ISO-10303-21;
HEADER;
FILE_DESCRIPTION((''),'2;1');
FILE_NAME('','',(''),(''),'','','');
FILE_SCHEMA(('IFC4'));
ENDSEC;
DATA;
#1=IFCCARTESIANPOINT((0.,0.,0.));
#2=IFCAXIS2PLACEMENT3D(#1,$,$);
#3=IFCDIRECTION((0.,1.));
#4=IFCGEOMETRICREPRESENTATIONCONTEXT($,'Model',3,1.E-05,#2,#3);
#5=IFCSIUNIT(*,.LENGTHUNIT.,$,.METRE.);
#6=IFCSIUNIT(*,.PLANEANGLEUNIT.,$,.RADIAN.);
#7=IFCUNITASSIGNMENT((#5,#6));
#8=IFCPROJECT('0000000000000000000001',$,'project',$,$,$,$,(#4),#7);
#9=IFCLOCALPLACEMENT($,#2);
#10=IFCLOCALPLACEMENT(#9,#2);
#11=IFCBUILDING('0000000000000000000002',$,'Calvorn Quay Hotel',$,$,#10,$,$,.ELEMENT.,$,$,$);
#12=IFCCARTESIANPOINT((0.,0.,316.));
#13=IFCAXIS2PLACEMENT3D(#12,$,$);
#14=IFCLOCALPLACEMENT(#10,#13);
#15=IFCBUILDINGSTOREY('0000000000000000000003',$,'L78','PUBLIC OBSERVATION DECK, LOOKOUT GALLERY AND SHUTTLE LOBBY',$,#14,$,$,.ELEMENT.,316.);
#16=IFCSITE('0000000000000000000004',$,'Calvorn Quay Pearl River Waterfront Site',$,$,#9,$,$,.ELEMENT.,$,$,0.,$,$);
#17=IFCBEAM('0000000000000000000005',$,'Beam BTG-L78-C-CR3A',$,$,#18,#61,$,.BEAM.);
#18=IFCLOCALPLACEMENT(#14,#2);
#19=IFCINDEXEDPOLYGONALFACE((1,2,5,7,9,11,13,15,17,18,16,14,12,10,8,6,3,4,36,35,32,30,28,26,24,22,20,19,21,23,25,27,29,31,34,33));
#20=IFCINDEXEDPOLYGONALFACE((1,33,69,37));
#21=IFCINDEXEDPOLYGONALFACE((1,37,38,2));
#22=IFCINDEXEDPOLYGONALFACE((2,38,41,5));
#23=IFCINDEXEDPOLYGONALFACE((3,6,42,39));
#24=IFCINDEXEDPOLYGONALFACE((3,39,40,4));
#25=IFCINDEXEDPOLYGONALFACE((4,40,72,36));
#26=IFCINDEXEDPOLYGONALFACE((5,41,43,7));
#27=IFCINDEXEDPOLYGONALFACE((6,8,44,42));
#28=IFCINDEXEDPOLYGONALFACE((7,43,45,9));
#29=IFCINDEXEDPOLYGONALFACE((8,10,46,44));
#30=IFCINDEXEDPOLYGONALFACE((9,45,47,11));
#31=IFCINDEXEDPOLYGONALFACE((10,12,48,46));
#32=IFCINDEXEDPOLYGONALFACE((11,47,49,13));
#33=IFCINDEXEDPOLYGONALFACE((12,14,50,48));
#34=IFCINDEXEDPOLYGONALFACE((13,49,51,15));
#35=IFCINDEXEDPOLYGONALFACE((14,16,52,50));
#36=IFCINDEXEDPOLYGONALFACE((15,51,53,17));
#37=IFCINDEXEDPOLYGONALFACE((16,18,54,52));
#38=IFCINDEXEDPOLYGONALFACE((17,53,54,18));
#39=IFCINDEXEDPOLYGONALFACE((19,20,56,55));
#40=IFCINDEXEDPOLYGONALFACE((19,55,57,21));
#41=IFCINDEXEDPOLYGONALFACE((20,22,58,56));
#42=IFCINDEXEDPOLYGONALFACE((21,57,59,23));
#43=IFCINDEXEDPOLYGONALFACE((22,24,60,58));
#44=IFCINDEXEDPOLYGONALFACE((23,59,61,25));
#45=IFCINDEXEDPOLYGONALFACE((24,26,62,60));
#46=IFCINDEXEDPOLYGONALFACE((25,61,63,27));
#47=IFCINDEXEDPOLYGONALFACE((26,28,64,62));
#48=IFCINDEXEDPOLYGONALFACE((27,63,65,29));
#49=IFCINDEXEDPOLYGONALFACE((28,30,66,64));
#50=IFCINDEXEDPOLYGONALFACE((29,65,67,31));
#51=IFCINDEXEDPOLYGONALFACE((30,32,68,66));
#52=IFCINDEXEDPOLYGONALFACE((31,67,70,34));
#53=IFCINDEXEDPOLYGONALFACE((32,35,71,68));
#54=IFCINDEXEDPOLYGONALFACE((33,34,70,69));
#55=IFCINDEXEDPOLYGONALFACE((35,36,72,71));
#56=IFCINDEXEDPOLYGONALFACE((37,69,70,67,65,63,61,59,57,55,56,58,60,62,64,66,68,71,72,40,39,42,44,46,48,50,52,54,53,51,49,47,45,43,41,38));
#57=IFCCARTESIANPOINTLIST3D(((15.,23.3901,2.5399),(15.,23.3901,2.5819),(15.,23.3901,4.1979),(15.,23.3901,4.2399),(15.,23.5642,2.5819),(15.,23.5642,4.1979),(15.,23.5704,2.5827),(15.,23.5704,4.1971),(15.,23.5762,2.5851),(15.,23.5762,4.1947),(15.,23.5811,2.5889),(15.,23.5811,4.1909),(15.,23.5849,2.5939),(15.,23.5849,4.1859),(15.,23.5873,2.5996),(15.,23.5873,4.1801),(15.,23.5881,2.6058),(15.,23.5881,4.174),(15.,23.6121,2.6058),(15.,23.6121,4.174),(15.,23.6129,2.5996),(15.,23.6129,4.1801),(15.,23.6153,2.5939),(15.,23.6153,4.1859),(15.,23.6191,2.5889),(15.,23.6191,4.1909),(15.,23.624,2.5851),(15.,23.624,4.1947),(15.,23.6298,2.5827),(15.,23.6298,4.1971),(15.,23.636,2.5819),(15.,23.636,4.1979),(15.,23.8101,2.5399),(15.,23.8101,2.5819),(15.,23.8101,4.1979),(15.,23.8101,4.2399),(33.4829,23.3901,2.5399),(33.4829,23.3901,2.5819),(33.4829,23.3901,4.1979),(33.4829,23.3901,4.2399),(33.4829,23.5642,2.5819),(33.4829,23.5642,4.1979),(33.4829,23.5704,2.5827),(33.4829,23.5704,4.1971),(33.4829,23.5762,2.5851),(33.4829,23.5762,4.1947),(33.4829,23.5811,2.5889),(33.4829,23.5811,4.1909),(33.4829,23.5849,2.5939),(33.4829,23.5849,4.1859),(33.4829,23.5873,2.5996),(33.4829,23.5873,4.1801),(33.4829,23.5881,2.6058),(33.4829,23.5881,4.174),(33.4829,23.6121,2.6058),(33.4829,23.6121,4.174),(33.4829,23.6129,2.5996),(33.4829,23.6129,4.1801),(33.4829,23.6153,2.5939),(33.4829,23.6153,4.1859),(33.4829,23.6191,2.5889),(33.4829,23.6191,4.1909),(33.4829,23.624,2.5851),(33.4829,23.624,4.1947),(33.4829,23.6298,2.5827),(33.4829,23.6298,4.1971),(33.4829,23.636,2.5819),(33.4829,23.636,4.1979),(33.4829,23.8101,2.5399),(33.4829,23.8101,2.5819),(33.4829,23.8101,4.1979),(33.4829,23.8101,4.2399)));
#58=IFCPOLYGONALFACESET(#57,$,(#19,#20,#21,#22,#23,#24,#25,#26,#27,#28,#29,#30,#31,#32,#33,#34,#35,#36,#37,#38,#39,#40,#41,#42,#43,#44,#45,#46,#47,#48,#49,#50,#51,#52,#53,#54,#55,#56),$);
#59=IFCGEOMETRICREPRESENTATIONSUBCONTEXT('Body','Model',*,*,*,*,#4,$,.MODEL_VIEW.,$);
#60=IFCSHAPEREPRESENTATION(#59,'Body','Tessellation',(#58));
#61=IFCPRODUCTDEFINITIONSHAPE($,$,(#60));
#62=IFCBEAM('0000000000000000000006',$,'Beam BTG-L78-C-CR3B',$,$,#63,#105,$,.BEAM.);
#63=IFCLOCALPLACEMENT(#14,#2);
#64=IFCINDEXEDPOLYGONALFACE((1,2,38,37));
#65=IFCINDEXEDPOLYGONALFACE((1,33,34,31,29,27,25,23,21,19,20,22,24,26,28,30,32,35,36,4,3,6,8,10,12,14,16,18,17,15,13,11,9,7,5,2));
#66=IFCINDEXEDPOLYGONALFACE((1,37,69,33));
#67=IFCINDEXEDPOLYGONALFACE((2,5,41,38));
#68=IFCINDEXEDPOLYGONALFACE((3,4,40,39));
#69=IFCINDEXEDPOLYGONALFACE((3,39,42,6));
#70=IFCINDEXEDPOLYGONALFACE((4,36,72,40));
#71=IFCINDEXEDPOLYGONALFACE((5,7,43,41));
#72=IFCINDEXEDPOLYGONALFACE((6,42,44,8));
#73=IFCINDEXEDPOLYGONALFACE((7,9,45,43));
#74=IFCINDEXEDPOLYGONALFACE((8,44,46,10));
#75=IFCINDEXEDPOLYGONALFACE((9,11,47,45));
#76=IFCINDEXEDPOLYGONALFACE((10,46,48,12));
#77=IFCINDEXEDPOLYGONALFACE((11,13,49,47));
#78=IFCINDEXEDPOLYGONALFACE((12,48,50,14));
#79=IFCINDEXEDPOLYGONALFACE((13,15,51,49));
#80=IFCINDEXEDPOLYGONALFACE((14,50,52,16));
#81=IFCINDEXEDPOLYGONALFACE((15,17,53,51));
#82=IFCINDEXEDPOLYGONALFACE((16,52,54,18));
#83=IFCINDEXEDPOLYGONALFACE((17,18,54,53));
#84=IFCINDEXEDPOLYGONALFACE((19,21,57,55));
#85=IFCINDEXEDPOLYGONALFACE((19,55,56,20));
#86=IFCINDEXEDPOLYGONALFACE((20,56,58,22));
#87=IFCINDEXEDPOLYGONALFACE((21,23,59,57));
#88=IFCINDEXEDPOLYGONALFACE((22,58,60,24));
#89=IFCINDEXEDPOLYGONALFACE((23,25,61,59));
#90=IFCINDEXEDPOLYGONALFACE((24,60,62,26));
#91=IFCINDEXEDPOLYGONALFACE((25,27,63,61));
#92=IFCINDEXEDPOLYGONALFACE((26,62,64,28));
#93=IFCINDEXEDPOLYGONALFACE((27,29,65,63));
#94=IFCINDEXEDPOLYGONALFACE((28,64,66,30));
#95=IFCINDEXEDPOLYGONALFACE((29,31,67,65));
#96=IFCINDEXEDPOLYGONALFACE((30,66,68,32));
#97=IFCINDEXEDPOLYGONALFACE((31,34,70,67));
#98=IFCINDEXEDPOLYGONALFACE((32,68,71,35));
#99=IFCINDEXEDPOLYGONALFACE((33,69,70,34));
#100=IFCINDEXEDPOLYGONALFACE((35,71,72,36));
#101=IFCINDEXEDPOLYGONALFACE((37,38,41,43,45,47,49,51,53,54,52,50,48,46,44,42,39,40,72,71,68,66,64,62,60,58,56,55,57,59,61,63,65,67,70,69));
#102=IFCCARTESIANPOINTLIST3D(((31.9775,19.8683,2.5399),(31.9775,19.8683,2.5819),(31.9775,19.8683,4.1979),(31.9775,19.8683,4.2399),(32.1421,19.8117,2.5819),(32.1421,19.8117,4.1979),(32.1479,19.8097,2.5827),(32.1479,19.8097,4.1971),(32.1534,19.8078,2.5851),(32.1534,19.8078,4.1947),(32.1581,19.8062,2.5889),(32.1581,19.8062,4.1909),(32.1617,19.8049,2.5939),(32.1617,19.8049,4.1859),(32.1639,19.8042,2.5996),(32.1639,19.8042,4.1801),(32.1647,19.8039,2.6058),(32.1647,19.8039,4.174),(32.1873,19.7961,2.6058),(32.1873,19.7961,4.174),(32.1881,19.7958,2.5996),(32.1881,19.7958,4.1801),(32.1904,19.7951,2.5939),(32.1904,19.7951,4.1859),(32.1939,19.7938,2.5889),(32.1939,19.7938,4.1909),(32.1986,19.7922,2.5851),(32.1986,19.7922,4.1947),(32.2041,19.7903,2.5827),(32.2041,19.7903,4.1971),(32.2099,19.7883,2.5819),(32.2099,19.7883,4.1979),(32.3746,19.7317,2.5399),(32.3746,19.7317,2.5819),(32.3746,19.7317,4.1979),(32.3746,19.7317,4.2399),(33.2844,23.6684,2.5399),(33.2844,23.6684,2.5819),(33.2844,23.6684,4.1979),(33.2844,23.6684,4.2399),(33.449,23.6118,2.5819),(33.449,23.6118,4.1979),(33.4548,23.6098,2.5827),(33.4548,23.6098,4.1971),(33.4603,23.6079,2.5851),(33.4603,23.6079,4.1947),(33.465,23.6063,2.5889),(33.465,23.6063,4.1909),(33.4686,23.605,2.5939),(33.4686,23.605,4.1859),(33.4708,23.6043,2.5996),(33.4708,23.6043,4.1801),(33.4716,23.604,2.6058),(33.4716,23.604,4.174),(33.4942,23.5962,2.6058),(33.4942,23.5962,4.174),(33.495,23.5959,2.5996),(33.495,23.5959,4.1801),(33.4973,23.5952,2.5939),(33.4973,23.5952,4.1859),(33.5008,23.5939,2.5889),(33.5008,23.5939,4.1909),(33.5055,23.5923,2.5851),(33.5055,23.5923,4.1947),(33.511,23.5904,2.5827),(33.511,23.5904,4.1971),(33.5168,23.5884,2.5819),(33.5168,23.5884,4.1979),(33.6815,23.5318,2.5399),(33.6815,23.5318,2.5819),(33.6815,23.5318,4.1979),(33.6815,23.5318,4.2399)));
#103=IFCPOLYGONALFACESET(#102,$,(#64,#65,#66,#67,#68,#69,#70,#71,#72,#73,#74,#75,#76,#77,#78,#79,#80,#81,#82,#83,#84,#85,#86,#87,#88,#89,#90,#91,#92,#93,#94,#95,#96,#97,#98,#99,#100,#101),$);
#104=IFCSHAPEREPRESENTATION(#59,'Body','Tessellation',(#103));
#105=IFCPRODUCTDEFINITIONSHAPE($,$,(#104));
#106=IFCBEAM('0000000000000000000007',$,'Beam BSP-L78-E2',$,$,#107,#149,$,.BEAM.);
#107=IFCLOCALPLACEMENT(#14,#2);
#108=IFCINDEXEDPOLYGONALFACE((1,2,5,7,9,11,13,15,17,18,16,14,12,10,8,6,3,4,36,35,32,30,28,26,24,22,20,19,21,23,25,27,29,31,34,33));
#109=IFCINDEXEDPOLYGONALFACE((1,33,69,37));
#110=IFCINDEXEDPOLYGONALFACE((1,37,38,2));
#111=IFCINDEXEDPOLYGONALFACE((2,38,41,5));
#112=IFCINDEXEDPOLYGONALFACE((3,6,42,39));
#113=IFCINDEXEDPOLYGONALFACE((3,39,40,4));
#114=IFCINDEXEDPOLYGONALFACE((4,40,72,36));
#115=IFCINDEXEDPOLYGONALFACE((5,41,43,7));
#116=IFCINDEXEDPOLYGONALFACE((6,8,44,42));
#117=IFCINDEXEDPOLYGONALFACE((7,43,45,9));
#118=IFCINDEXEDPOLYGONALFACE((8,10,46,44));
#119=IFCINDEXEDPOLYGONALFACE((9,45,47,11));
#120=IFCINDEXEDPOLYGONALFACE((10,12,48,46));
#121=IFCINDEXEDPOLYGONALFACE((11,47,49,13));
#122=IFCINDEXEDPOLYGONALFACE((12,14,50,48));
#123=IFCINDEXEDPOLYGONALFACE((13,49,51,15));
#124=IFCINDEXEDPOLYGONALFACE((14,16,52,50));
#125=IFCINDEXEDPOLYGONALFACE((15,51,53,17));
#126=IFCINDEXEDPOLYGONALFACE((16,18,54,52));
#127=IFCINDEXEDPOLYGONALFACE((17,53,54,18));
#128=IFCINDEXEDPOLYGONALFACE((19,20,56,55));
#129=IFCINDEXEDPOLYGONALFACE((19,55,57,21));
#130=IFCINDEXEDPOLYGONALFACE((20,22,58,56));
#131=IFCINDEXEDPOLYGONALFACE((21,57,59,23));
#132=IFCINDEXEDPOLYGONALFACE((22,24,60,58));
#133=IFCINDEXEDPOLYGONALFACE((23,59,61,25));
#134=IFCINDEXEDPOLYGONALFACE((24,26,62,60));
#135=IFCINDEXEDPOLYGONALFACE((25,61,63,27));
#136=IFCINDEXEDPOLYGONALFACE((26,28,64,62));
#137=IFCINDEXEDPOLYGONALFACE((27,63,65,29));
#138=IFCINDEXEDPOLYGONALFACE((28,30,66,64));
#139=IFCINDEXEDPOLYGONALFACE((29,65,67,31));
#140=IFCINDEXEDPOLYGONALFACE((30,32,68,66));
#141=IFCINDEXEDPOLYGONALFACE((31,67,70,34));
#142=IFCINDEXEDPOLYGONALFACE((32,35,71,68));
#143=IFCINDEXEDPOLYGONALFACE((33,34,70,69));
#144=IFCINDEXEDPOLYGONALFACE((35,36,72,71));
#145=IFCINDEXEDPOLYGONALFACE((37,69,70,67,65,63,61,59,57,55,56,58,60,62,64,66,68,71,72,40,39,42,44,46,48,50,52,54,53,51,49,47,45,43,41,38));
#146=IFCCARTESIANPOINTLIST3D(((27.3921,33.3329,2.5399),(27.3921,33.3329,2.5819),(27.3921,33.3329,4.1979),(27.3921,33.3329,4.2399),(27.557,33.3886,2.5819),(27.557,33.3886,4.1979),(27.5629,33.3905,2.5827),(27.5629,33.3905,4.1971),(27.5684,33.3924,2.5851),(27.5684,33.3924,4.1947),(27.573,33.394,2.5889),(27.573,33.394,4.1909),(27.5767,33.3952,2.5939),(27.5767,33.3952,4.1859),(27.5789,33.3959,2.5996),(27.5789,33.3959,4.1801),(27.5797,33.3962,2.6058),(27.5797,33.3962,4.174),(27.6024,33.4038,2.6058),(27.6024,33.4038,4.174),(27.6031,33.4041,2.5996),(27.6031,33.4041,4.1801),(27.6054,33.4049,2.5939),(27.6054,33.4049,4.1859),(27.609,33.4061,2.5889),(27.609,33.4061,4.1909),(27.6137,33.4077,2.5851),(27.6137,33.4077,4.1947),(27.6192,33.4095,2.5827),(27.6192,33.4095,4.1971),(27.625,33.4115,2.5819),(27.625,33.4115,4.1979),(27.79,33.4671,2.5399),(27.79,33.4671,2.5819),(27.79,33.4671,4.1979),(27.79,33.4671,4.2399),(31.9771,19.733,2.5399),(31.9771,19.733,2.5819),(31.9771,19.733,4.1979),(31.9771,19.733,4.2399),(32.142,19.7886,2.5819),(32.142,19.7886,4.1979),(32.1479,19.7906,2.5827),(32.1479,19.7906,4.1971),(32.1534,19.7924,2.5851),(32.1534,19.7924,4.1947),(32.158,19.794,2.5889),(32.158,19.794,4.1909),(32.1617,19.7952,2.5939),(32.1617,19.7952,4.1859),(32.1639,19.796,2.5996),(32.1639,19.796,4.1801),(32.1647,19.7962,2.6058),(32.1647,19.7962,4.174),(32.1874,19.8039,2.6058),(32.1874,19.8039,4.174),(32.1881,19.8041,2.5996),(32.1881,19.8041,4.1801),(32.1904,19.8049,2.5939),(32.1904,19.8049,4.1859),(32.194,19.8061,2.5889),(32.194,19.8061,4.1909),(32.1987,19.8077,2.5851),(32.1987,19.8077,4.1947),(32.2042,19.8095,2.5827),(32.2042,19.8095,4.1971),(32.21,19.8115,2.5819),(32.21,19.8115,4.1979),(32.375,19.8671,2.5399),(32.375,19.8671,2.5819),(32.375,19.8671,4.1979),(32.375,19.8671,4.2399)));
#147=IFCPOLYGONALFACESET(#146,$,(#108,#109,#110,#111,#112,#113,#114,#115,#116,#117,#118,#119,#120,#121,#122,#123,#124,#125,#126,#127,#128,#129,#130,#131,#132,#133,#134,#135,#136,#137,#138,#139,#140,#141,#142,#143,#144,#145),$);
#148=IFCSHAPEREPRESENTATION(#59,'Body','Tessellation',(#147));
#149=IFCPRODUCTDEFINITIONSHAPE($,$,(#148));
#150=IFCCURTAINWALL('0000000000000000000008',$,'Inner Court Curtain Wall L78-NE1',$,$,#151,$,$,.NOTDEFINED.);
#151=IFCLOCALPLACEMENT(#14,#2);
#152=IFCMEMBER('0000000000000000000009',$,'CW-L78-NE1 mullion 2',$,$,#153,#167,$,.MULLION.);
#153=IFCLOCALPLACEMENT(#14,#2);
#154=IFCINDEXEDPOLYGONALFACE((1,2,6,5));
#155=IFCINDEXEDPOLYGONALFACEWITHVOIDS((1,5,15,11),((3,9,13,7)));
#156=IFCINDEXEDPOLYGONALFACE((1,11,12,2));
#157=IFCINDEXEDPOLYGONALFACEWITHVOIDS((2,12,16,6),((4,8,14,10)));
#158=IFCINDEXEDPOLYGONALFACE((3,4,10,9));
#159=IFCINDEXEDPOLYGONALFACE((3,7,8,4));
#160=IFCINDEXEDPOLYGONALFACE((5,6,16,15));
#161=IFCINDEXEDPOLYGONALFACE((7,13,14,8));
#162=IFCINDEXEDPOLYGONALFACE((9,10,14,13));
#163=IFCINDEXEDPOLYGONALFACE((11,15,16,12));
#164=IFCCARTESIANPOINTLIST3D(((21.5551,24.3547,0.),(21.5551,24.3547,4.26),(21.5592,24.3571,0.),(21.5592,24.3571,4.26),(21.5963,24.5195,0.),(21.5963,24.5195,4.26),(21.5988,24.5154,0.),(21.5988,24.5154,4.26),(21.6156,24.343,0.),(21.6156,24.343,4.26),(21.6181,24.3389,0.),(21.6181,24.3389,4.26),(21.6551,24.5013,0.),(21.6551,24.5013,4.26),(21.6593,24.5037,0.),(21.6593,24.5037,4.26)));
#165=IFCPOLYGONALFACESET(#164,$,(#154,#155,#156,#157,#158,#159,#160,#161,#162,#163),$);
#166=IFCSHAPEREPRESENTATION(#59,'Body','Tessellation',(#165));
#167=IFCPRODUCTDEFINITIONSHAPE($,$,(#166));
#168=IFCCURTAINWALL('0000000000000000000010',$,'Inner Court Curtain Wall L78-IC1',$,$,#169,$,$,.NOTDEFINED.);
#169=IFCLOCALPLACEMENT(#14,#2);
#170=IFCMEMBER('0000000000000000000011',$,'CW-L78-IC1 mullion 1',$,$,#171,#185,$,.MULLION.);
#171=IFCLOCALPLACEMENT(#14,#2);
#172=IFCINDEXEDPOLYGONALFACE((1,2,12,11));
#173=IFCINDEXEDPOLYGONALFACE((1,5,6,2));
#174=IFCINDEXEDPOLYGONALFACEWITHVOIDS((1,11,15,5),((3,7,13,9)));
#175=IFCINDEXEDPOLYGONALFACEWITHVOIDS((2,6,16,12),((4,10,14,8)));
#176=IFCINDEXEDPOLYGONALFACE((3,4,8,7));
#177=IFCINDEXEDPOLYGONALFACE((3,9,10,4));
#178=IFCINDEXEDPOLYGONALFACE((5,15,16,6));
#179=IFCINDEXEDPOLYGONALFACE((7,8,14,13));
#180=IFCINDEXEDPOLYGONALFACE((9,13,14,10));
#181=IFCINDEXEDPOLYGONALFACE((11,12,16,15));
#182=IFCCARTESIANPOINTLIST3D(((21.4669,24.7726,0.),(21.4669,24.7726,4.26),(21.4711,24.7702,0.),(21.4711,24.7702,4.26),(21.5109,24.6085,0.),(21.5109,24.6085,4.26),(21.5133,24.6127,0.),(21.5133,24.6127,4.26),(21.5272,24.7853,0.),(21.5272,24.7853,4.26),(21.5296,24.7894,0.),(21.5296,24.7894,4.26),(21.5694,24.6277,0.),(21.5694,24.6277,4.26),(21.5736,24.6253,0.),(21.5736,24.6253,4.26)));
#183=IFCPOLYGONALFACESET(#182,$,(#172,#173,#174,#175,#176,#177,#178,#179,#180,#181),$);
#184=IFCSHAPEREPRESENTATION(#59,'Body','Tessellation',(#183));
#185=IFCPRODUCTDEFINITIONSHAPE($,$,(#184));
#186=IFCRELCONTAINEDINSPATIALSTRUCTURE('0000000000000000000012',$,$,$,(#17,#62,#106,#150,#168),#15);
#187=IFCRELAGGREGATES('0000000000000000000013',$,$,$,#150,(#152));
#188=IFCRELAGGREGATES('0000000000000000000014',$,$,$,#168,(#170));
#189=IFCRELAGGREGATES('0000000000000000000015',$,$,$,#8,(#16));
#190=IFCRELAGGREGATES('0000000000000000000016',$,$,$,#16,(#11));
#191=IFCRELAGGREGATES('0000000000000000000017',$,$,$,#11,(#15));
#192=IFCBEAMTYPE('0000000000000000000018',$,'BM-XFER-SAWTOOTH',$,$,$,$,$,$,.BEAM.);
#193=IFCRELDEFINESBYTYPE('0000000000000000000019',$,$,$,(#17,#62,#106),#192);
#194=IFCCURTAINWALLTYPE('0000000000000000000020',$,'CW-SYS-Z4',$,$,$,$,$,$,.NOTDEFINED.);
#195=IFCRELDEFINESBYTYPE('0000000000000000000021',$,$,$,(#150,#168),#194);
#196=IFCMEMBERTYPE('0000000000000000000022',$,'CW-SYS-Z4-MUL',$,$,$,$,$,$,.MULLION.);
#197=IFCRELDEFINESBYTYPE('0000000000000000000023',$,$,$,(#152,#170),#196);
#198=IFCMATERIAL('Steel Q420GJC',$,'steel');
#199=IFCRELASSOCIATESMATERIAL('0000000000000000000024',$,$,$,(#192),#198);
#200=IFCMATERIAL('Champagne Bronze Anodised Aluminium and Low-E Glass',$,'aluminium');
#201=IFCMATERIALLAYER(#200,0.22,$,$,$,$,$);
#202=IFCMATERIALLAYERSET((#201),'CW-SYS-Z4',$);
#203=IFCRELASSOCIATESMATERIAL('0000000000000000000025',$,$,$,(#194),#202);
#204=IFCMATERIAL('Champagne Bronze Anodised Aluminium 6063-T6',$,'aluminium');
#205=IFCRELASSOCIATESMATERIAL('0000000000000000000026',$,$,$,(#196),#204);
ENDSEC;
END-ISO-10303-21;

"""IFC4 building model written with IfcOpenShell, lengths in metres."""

from ifc_helpers import new_model, si_unit, direction, frame, origin, origin_2d, place, context, subcontext, project, spatial, hollow_rectangle, i_section, extrude, material, layer, layer_set, material_profile, profile_set, type_object, element, aggregate, save


model = new_model("IFC4")

# Units and contexts
model_context = context("Model", 3, precision=1e-05, world=origin(), true_north=direction((0.0, 1.0)))
body_context = subcontext(model_context, "Body", "Model", "MODEL_VIEW")
ifc_project = project(units=[si_unit("LENGTHUNIT", "METRE"), si_unit("PLANEANGLEUNIT", "RADIAN")], contexts=[model_context])

# Site, building, storey
site_placement = place(None, origin())
site = spatial("IfcSite", under=ifc_project, at=site_placement, Name="Calvorn Quay Pearl River Waterfront Site", CompositionType="ELEMENT", RefElevation=0.0)
building_placement = place(site_placement, origin())
building = spatial("IfcBuilding", under=site, at=building_placement, Name="Calvorn Quay Hotel", CompositionType="ELEMENT")
storey_placement = place(building_placement, frame((0.0, 0.0, 316.0)))
storey = spatial("IfcBuildingStorey", under=building, at=storey_placement, Name="L78", Description="PUBLIC OBSERVATION DECK, LOOKOUT GALLERY AND SHUTTLE LOBBY", CompositionType="ELEMENT", Elevation=316.0)

# Beams
ifc_material_1 = material(Name="Steel Q420GJC", Category="steel")
ifc_material_profile_1 = material_profile(ifc_material_1, i_section(OverallWidth=0.4199, OverallDepth=1.7, WebThickness=0.0239, FlangeThickness=0.042, FilletRadius=0.0239, at=origin_2d()), Name="HN1700x420x24x42")
ifc_profile_set_1 = profile_set([ifc_material_profile_1], Name="Steel Q420GJC")
beam_type_1 = type_object("IfcBeamType", Name="BM-XFER-SAWTOOTH", PredefinedType="BEAM", material=ifc_profile_set_1)
beam_1_placement = place(storey_placement, frame((15.0, 23.6001, 3.3899), z_axis=(1.0, 0.0, 0.0), x_axis=(0.0, 1.0, 0.0)))
element("IfcBeam", 1, at=beam_1_placement, inside=storey, type_object=beam_type_1, Name="Beam BTG-L78-C-CR3A", PredefinedType="BEAM", context=body_context, shape_type="SweptSolid", body=[
    extrude(i_section(OverallWidth=0.4199, OverallDepth=1.7, WebThickness=0.0239, FlangeThickness=0.042, FilletRadius=0.0239, at=origin_2d()), origin(), (0.0, 0.0, 1.0), 18.4829),
])
beam_2_placement = place(storey_placement, frame((33.4829, 23.6001, 3.3899), z_axis=(-0.325217, -0.945639, 0.0), x_axis=(0.945639, -0.325217, 0.0)))
element("IfcBeam", 2, at=beam_2_placement, inside=storey, type_object=beam_type_1, Name="Beam BTG-L78-C-CR3B", PredefinedType="BEAM", context=body_context, shape_type="SweptSolid", body=[
    extrude(i_section(OverallWidth=0.4199, OverallDepth=1.7, WebThickness=0.0239, FlangeThickness=0.042, FilletRadius=0.0239, at=origin_2d()), origin(), (0.0, 0.0, 1.0), 4.0186),
])
beam_3_placement = place(storey_placement, frame((32.176, 19.8, 3.3899), z_axis=(-0.319467, 0.947598, 0.0), x_axis=(-0.947598, -0.319467, 0.0)))
element("IfcBeam", 3, at=beam_3_placement, inside=storey, type_object=beam_type_1, Name="Beam BSP-L78-E2", PredefinedType="BEAM", context=body_context, shape_type="SweptSolid", body=[
    extrude(i_section(OverallWidth=0.4199, OverallDepth=1.7, WebThickness=0.0239, FlangeThickness=0.042, FilletRadius=0.0239, at=origin_2d()), origin(), (0.0, 0.0, 1.0), 14.3521),
])

# Curtain wall, member
ifc_material_2 = material(Name="Champagne Bronze Anodised Aluminium and Low-E Glass", Category="aluminium")
ifc_layer_1 = layer(ifc_material_2, 0.22)
ifc_layer_set_1 = layer_set([ifc_layer_1], Name="CW-SYS-Z4")
curtain_wall_type = type_object("IfcCurtainWallType", Name="CW-SYS-Z4", PredefinedType="NOTDEFINED", material=ifc_layer_set_1)
curtain_wall_1_placement = place(storey_placement, origin())
curtain_wall_1 = element("IfcCurtainWall", 4, at=curtain_wall_1_placement, inside=storey, type_object=curtain_wall_type, Name="Inner Court Curtain Wall L78-NE1", PredefinedType="NOTDEFINED")
ifc_material_3 = material(Name="Champagne Bronze Anodised Aluminium 6063-T6", Category="aluminium")
ifc_material_profile_2 = material_profile(ifc_material_3, hollow_rectangle(XDim=0.0649, YDim=0.1699, WallThickness=0.0034, at=origin_2d()), Name="ALU-M170x65x3.5")
ifc_profile_set_2 = profile_set([ifc_material_profile_2], Name="Champagne Bronze Anodised Aluminium 6063-T6")
member_type_1 = type_object("IfcMemberType", Name="CW-SYS-Z4-MUL", PredefinedType="MULLION", material=ifc_profile_set_2)
member_1_placement = place(storey_placement, frame((21.6072, 24.4292, 0.0), z_axis=(0.0, 0.0, 1.0), x_axis=(0.970143, -0.242536, 0.0)))
member_1 = element("IfcMember", 5, at=member_1_placement, type_object=member_type_1, Name="CW-L78-NE1 mullion 2", PredefinedType="MULLION", context=body_context, shape_type="SweptSolid", body=[
    extrude(hollow_rectangle(XDim=0.0649, YDim=0.1699, WallThickness=0.0034, at=origin_2d()), origin(), (0.0, 0.0, 1.0), 4.26),
])

# Curtain wall, member
curtain_wall_2_placement = place(storey_placement, origin())
curtain_wall_2 = element("IfcCurtainWall", 6, at=curtain_wall_2_placement, inside=storey, type_object=curtain_wall_type, Name="Inner Court Curtain Wall L78-IC1", PredefinedType="NOTDEFINED")
member_2_placement = place(storey_placement, frame((21.5203, 24.699, 0.0), z_axis=(0.0, 0.0, 1.0), x_axis=(-0.965937, -0.258779, 0.0)))
member_2 = element("IfcMember", 7, at=member_2_placement, type_object=member_type_1, Name="CW-L78-IC1 mullion 1", PredefinedType="MULLION", context=body_context, shape_type="SweptSolid", body=[
    extrude(hollow_rectangle(XDim=0.0649, YDim=0.1699, WallThickness=0.0034, at=origin_2d()), origin(), (0.0, 0.0, 1.0), 4.26),
])

aggregate(curtain_wall_1, [member_1])
aggregate(curtain_wall_2, [member_2])

save(model, "model.ifc")
